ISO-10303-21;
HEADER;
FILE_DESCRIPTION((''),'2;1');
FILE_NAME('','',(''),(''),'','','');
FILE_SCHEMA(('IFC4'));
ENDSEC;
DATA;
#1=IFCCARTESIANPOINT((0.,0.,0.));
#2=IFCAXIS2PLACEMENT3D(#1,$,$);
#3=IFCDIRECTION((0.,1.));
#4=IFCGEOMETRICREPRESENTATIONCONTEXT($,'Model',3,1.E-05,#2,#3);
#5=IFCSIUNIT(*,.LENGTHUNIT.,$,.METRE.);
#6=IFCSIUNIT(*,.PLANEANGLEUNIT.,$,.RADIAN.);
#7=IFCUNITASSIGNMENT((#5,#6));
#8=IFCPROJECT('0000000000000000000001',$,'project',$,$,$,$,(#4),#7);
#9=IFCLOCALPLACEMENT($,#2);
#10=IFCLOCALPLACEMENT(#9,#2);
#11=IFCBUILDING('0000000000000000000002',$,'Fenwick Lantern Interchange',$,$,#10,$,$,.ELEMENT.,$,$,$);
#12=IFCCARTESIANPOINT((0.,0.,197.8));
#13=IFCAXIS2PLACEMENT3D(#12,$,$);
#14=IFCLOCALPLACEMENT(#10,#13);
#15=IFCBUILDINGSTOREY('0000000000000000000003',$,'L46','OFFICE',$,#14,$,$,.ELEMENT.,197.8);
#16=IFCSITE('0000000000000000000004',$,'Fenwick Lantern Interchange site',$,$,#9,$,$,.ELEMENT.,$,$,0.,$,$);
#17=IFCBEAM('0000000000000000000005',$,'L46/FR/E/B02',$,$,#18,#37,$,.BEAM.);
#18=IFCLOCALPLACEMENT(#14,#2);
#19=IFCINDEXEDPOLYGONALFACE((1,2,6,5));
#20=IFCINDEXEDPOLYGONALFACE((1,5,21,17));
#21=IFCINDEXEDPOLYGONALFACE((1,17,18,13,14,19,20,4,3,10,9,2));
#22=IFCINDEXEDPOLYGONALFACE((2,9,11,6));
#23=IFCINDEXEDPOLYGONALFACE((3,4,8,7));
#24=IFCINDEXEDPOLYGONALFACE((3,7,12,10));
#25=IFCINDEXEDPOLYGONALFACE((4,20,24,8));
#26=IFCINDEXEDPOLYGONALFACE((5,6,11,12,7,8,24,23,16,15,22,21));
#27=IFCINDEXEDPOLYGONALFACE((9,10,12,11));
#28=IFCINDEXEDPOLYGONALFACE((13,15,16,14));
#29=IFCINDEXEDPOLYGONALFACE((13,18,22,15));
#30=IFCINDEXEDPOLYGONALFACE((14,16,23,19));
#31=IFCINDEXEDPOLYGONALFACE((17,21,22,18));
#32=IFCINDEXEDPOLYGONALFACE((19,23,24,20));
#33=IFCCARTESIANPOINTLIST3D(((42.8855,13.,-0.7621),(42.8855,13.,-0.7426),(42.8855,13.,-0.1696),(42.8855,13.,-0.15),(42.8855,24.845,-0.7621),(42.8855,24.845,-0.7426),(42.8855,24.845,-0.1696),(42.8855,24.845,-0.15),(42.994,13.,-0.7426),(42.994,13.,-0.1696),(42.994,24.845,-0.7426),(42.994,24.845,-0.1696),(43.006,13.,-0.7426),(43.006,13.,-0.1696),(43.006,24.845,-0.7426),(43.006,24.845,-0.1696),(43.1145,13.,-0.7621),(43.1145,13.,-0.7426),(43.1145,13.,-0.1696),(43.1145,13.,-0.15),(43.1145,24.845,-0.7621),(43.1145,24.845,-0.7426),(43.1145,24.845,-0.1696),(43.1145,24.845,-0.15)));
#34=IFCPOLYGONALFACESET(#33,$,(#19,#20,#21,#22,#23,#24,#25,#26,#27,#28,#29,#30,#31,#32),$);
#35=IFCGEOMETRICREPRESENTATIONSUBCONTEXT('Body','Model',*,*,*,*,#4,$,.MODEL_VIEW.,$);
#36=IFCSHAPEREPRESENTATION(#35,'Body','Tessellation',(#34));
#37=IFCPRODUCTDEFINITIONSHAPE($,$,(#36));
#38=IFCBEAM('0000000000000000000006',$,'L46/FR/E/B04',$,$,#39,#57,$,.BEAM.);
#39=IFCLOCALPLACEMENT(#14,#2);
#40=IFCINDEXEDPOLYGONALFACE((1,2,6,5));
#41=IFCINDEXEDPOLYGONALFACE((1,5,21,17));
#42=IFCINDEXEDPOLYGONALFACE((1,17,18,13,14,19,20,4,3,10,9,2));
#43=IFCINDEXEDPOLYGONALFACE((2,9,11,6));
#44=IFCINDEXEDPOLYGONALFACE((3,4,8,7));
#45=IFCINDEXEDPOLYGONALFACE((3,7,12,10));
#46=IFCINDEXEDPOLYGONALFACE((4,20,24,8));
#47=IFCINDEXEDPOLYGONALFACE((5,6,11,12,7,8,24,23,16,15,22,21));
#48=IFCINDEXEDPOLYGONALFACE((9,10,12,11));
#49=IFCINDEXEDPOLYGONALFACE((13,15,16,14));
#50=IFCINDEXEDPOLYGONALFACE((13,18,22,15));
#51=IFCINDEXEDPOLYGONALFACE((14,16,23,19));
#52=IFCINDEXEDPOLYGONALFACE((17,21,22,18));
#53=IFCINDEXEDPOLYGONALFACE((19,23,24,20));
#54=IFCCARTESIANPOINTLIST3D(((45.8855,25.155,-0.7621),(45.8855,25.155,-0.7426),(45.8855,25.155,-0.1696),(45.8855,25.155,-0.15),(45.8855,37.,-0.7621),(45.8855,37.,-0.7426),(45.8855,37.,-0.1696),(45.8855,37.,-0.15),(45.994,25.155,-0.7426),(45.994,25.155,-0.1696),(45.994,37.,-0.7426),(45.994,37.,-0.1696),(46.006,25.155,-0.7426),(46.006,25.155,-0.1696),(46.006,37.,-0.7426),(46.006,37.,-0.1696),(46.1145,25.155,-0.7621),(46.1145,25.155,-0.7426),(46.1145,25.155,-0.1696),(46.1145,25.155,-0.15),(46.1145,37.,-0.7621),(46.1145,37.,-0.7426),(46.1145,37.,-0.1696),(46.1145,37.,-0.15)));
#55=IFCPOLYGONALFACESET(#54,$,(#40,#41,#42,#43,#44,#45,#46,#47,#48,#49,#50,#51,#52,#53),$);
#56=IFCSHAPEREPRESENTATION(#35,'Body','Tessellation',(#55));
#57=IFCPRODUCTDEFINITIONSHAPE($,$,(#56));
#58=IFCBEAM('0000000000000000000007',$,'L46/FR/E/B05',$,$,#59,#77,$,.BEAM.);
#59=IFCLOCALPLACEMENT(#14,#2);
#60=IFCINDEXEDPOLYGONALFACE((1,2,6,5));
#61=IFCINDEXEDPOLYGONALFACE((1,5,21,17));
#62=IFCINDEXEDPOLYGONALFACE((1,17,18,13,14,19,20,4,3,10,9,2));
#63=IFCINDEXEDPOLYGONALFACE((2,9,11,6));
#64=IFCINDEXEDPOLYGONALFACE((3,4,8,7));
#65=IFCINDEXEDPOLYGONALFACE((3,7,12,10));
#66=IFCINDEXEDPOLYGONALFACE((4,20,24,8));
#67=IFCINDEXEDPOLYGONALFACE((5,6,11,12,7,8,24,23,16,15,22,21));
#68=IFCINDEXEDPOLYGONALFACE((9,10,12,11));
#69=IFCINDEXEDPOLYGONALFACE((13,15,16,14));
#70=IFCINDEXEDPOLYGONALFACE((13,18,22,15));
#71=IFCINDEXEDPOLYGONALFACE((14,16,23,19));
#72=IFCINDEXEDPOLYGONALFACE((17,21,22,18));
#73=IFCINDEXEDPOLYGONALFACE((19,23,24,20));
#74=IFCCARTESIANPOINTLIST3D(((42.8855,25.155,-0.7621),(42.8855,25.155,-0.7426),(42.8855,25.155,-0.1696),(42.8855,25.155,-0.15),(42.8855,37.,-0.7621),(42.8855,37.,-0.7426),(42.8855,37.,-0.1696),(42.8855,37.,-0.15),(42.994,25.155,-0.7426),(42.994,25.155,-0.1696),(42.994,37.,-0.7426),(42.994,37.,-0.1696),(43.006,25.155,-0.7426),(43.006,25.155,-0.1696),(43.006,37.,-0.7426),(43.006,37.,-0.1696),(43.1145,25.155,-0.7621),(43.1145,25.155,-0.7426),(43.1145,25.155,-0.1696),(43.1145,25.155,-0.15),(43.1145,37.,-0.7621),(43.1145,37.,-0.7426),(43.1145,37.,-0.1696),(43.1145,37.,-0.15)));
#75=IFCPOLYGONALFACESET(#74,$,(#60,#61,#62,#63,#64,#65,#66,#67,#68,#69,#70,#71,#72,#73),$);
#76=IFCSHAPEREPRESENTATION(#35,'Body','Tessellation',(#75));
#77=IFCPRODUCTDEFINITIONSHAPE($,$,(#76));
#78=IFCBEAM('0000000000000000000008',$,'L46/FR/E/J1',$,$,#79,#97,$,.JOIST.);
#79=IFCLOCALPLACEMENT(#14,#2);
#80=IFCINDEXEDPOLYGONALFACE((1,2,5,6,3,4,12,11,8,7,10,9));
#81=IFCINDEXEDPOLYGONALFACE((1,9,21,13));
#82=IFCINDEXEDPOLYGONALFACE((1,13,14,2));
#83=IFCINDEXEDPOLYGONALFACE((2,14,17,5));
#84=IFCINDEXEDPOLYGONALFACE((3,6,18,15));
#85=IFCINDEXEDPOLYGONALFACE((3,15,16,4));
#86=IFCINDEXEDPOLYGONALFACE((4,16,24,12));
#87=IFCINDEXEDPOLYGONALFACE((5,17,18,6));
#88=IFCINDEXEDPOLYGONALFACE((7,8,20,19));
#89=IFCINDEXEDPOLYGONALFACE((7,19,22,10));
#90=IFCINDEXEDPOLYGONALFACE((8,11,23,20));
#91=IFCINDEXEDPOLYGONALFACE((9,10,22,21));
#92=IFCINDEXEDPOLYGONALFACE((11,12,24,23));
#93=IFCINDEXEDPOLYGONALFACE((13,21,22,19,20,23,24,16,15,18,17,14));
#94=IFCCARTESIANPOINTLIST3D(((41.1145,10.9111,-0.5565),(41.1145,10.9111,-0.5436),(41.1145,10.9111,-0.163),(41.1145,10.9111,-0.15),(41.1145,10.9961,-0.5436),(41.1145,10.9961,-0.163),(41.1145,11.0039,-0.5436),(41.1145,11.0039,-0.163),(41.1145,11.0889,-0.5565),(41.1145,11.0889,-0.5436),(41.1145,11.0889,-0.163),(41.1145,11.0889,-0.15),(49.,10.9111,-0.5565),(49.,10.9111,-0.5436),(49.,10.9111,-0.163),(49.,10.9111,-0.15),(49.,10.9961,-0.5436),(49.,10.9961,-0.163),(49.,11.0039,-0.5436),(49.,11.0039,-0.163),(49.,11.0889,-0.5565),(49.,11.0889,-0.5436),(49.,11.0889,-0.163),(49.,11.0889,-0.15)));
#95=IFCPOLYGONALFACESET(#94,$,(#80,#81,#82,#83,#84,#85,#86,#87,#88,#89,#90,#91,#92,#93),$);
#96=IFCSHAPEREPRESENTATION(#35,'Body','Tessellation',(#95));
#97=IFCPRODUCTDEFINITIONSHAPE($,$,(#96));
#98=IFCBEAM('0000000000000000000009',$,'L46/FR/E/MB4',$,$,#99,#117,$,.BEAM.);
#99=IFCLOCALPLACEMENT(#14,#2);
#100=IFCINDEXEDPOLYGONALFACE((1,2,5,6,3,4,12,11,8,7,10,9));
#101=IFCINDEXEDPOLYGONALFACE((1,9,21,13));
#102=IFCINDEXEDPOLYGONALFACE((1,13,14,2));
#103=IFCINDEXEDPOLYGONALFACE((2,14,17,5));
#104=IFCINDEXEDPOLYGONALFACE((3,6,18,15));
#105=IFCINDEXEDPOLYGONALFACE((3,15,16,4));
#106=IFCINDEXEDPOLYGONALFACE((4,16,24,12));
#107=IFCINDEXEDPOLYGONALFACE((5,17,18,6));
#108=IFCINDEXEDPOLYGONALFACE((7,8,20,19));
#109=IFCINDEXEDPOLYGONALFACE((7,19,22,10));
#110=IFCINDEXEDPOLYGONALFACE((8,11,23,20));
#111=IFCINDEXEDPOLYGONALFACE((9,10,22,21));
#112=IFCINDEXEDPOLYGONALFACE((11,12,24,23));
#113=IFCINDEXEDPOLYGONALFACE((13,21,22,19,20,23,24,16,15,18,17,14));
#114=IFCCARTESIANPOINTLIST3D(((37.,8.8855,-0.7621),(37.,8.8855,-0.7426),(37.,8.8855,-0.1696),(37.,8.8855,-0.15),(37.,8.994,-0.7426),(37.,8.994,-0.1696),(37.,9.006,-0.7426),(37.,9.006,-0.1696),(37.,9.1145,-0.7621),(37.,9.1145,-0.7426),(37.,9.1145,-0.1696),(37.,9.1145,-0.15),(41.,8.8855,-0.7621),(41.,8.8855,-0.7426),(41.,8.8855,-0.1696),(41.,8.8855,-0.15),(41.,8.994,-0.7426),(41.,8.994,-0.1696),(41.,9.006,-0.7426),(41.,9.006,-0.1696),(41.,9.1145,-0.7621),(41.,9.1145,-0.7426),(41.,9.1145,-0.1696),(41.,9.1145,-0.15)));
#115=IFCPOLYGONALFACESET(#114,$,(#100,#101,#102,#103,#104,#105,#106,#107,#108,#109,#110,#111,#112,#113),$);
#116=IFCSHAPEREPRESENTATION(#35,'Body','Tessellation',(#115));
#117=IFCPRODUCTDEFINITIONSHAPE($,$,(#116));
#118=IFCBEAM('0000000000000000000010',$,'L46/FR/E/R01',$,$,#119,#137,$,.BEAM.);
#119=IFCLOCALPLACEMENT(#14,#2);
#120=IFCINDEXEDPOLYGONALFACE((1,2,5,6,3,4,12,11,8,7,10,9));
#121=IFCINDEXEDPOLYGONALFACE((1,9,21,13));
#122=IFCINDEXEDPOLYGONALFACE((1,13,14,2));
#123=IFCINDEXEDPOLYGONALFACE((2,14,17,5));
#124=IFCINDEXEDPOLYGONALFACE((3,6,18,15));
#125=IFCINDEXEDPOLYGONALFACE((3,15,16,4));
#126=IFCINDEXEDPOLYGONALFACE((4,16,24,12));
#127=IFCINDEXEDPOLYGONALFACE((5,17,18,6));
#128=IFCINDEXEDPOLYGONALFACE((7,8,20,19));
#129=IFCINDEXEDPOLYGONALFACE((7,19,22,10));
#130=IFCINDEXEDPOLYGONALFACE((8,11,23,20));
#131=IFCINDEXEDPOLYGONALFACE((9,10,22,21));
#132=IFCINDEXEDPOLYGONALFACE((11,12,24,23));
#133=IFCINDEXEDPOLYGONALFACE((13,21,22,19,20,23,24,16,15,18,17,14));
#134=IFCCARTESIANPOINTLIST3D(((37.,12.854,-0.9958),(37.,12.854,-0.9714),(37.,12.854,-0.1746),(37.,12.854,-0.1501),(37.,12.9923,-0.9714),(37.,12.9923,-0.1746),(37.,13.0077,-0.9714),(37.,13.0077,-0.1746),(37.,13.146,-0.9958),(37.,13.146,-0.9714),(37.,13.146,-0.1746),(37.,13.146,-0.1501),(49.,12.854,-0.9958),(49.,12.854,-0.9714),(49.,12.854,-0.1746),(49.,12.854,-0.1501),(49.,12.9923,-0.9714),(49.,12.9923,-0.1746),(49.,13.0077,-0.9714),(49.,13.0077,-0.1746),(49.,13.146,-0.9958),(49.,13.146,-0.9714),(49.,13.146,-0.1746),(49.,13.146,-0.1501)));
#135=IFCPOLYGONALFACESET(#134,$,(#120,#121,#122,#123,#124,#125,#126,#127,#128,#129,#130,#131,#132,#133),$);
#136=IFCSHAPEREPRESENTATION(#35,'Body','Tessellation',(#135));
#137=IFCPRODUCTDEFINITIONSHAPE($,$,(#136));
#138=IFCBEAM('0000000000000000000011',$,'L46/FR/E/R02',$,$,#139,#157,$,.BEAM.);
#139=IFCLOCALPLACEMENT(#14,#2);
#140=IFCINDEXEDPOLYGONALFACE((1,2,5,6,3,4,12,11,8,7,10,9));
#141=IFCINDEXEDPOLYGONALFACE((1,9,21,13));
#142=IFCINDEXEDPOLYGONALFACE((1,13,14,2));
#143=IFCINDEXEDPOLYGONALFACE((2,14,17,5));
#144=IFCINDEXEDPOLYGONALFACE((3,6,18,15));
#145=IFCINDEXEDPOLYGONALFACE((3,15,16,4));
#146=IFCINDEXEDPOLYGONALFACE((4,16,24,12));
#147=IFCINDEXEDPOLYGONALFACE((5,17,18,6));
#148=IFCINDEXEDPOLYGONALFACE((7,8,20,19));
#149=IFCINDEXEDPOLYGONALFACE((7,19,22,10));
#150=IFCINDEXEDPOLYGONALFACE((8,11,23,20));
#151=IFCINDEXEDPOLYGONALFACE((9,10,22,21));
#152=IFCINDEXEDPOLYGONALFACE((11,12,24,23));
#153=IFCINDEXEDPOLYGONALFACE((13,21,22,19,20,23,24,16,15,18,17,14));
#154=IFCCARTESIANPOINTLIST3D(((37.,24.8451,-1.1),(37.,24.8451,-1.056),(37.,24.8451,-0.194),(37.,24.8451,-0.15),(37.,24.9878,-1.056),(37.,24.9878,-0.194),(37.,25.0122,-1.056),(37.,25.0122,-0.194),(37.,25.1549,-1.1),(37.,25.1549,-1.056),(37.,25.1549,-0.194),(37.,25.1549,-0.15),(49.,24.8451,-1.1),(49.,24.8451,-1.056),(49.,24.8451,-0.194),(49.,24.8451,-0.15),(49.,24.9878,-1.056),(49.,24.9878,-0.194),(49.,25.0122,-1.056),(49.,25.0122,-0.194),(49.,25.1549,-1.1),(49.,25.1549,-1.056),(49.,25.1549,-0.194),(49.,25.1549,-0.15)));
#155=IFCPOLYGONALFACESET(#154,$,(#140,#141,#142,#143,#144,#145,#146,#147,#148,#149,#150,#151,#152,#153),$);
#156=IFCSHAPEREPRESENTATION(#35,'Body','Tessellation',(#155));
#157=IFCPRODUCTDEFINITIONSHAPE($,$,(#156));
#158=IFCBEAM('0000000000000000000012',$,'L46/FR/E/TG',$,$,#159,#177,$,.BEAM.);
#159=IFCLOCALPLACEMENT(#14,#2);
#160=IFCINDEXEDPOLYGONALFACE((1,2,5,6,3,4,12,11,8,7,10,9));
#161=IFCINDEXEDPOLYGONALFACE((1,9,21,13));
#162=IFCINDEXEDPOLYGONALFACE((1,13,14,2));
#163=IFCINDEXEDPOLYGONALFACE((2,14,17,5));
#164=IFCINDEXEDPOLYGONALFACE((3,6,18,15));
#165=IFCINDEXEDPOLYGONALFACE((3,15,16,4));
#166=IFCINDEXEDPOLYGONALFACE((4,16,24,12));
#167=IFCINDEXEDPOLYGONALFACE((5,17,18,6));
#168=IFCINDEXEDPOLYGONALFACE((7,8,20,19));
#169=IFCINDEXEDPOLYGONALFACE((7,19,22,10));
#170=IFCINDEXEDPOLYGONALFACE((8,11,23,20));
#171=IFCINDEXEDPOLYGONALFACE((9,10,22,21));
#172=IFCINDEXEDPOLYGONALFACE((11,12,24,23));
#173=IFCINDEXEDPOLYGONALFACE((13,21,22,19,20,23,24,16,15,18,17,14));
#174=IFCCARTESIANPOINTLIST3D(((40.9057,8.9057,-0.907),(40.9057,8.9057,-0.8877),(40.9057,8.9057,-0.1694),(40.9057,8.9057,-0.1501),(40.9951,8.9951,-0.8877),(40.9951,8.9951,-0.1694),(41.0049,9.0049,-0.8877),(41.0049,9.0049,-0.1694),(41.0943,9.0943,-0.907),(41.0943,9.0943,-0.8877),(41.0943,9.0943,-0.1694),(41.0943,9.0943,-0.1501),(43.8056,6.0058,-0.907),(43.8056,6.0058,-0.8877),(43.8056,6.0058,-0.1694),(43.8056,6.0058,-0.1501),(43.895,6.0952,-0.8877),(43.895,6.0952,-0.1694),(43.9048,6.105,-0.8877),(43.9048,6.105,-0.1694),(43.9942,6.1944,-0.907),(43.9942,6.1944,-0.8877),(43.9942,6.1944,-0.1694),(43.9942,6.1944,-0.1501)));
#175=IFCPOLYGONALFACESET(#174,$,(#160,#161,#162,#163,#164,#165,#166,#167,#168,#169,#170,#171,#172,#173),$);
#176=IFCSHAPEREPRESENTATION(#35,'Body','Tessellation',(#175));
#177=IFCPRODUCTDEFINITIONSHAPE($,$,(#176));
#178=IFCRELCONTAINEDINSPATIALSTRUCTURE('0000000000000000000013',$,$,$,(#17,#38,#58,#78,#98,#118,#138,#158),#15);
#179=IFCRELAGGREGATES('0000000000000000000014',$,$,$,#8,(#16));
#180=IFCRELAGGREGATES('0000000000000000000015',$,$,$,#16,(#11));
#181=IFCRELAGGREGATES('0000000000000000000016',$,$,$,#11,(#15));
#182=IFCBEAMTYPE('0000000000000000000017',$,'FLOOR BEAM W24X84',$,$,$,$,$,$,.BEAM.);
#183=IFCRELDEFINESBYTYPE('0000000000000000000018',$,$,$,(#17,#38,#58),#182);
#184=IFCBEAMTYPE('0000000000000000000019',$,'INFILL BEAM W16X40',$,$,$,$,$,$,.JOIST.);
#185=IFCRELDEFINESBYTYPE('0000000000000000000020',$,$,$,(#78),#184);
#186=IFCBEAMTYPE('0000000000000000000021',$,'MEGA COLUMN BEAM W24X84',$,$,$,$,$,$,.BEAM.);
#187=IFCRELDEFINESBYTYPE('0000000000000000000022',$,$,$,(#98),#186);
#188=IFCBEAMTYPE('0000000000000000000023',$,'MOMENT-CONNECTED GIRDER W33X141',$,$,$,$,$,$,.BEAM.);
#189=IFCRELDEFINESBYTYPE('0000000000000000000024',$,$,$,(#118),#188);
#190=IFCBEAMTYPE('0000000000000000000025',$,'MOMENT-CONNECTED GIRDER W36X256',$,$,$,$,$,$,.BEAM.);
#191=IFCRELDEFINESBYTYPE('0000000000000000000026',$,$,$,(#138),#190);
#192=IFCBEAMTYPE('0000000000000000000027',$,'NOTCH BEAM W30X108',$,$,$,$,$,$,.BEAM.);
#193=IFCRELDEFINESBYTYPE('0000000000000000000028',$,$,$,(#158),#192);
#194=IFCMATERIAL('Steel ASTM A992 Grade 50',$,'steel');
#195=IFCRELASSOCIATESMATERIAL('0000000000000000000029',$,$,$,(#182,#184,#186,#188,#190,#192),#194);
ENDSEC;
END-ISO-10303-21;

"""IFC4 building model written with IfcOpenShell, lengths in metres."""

from ifc_helpers import new_model, si_unit, direction, frame, origin, origin_2d, place, context, subcontext, project, spatial, i_section, extrude, material, material_profile, profile_set, type_object, element, save


model = new_model("IFC4")

# Units and contexts
model_context = context("Model", 3, precision=1e-05, world=origin(), true_north=direction((0.0, 1.0)))
body_context = subcontext(model_context, "Body", "Model", "MODEL_VIEW")
ifc_project = project(units=[si_unit("LENGTHUNIT", "METRE"), si_unit("PLANEANGLEUNIT", "RADIAN")], contexts=[model_context])

# Site, building, storey
site_placement = place(None, origin())
site = spatial("IfcSite", under=ifc_project, at=site_placement, Name="Fenwick Lantern Interchange site", CompositionType="ELEMENT", RefElevation=0.0)
building_placement = place(site_placement, origin())
building = spatial("IfcBuilding", under=site, at=building_placement, Name="Fenwick Lantern Interchange", CompositionType="ELEMENT")
storey_placement = place(building_placement, frame((0.0, 0.0, 197.8)))
storey = spatial("IfcBuildingStorey", under=building, at=storey_placement, Name="L46", Description="OFFICE", CompositionType="ELEMENT", Elevation=197.8)

# Shared definitions
ifc_material_1 = material(Name="Steel ASTM A992 Grade 50", Category="steel")

# Beams
ifc_material_profile_1 = material_profile(ifc_material_1, i_section(OverallWidth=0.229, OverallDepth=0.6121, WebThickness=0.012, FlangeThickness=0.0195, at=origin_2d()), Name="W24X84")
ifc_profile_set_1 = profile_set([ifc_material_profile_1], Name="Steel ASTM A992 Grade 50")
beam_type_1 = type_object("IfcBeamType", Name="FLOOR BEAM W24X84", PredefinedType="BEAM", material=ifc_profile_set_1)
for number, where, z_axis, x_axis, name in (
    (1, (43.0, 13.0, -0.4561), (0.0, 1.0, 0.0), (-1.0, 0.0, 0.0), "L46/FR/E/B02"),
    (2, (46.0, 25.155, -0.4561), (0.0, 1.0, 0.0), (-1.0, 0.0, 0.0), "L46/FR/E/B04"),
    (3, (43.0, 25.155, -0.4561), (0.0, 1.0, 0.0), (-1.0, 0.0, 0.0), "L46/FR/E/B05"),
):
    element("IfcBeam", number, at=place(storey_placement, frame(where, z_axis=z_axis, x_axis=x_axis)), inside=storey, type_object=beam_type_1, Name=name, PredefinedType="BEAM", context=body_context, shape_type="SweptSolid", body=[
        extrude(i_section(OverallWidth=0.229, OverallDepth=0.6121, WebThickness=0.012, FlangeThickness=0.0195, at=origin_2d()), origin(), (0.0, 0.0, 1.0), 11.845),
    ])
ifc_material_profile_2 = material_profile(ifc_material_1, i_section(OverallWidth=0.1777, OverallDepth=0.4065, WebThickness=0.0078, FlangeThickness=0.0129, at=origin_2d()), Name="W16X40")
ifc_profile_set_2 = profile_set([ifc_material_profile_2], Name="Steel ASTM A992 Grade 50")
beam_type_2 = type_object("IfcBeamType", Name="INFILL BEAM W16X40", PredefinedType="JOIST", material=ifc_profile_set_2)
beam_1_placement = place(storey_placement, frame((49.0, 11.0, -0.3533), z_axis=(-1.0, 0.0, 0.0), x_axis=(0.0, -1.0, 0.0)))
element("IfcBeam", 4, at=beam_1_placement, inside=storey, type_object=beam_type_2, Name="L46/FR/E/J1", PredefinedType="JOIST", context=body_context, shape_type="SweptSolid", body=[
    extrude(i_section(OverallWidth=0.1777, OverallDepth=0.4065, WebThickness=0.0078, FlangeThickness=0.0129, at=origin_2d()), origin(), (0.0, 0.0, 1.0), 7.8855),
])
ifc_material_profile_3 = material_profile(ifc_material_1, i_section(OverallWidth=0.229, OverallDepth=0.6121, WebThickness=0.012, FlangeThickness=0.0195, at=origin_2d()), Name="W24X84")
ifc_profile_set_3 = profile_set([ifc_material_profile_3], Name="Steel ASTM A992 Grade 50")
beam_type_3 = type_object("IfcBeamType", Name="MEGA COLUMN BEAM W24X84", PredefinedType="BEAM", material=ifc_profile_set_3)
beam_2_placement = place(storey_placement, frame((41.0, 9.0, -0.4561), z_axis=(-1.0, 0.0, 0.0), x_axis=(0.0, -1.0, 0.0)))
element("IfcBeam", 5, at=beam_2_placement, inside=storey, type_object=beam_type_3, Name="L46/FR/E/MB4", PredefinedType="BEAM", context=body_context, shape_type="SweptSolid", body=[
    extrude(i_section(OverallWidth=0.229, OverallDepth=0.6121, WebThickness=0.012, FlangeThickness=0.0195, at=origin_2d()), origin(), (0.0, 0.0, 1.0), 4.0),
])
ifc_material_profile_4 = material_profile(ifc_material_1, i_section(OverallWidth=0.292, OverallDepth=0.8457, WebThickness=0.0154, FlangeThickness=0.0244, at=origin_2d()), Name="W33X141")
ifc_profile_set_4 = profile_set([ifc_material_profile_4], Name="Steel ASTM A992 Grade 50")
beam_type_4 = type_object("IfcBeamType", Name="MOMENT-CONNECTED GIRDER W33X141", PredefinedType="BEAM", material=ifc_profile_set_4)
beam_3_placement = place(storey_placement, frame((49.0, 13.0, -0.573), z_axis=(-1.0, 0.0, 0.0), x_axis=(0.0, -1.0, 0.0)))
element("IfcBeam", 6, at=beam_3_placement, inside=storey, type_object=beam_type_4, Name="L46/FR/E/R01", PredefinedType="BEAM", context=body_context, shape_type="SweptSolid", body=[
    extrude(i_section(OverallWidth=0.292, OverallDepth=0.8457, WebThickness=0.0154, FlangeThickness=0.0244, at=origin_2d()), origin(), (0.0, 0.0, 1.0), 12.0),
])
ifc_material_profile_5 = material_profile(ifc_material_1, i_section(OverallWidth=0.3098, OverallDepth=0.95, WebThickness=0.0244, FlangeThickness=0.0439, at=origin_2d()), Name="W36X256")
ifc_profile_set_5 = profile_set([ifc_material_profile_5], Name="Steel ASTM A992 Grade 50")
beam_type_5 = type_object("IfcBeamType", Name="MOMENT-CONNECTED GIRDER W36X256", PredefinedType="BEAM", material=ifc_profile_set_5)
beam_4_placement = place(storey_placement, frame((49.0, 25.0, -0.625), z_axis=(-1.0, 0.0, 0.0), x_axis=(0.0, -1.0, 0.0)))
element("IfcBeam", 7, at=beam_4_placement, inside=storey, type_object=beam_type_5, Name="L46/FR/E/R02", PredefinedType="BEAM", context=body_context, shape_type="SweptSolid", body=[
    extrude(i_section(OverallWidth=0.3098, OverallDepth=0.95, WebThickness=0.0244, FlangeThickness=0.0439, at=origin_2d()), origin(), (0.0, 0.0, 1.0), 12.0),
])
ifc_material_profile_6 = material_profile(ifc_material_1, i_section(OverallWidth=0.2666, OverallDepth=0.7568, WebThickness=0.0139, FlangeThickness=0.0193, at=origin_2d()), Name="W30X108")
ifc_profile_set_6 = profile_set([ifc_material_profile_6], Name="Steel ASTM A992 Grade 50")
beam_type_6 = type_object("IfcBeamType", Name="NOTCH BEAM W30X108", PredefinedType="BEAM", material=ifc_profile_set_6)
beam_5_placement = place(storey_placement, frame((41.0, 9.0, -0.5286), z_axis=(0.707107, -0.707107, 0.0), x_axis=(0.707107, 0.707107, 0.0)))
element("IfcBeam", 8, at=beam_5_placement, inside=storey, type_object=beam_type_6, Name="L46/FR/E/TG", PredefinedType="BEAM", context=body_context, shape_type="SweptSolid", body=[
    extrude(i_section(OverallWidth=0.2666, OverallDepth=0.7568, WebThickness=0.0139, FlangeThickness=0.0193, at=origin_2d()), origin(), (0.0, 0.0, 1.0), 4.1011),
])

save(model, "model.ifc")
